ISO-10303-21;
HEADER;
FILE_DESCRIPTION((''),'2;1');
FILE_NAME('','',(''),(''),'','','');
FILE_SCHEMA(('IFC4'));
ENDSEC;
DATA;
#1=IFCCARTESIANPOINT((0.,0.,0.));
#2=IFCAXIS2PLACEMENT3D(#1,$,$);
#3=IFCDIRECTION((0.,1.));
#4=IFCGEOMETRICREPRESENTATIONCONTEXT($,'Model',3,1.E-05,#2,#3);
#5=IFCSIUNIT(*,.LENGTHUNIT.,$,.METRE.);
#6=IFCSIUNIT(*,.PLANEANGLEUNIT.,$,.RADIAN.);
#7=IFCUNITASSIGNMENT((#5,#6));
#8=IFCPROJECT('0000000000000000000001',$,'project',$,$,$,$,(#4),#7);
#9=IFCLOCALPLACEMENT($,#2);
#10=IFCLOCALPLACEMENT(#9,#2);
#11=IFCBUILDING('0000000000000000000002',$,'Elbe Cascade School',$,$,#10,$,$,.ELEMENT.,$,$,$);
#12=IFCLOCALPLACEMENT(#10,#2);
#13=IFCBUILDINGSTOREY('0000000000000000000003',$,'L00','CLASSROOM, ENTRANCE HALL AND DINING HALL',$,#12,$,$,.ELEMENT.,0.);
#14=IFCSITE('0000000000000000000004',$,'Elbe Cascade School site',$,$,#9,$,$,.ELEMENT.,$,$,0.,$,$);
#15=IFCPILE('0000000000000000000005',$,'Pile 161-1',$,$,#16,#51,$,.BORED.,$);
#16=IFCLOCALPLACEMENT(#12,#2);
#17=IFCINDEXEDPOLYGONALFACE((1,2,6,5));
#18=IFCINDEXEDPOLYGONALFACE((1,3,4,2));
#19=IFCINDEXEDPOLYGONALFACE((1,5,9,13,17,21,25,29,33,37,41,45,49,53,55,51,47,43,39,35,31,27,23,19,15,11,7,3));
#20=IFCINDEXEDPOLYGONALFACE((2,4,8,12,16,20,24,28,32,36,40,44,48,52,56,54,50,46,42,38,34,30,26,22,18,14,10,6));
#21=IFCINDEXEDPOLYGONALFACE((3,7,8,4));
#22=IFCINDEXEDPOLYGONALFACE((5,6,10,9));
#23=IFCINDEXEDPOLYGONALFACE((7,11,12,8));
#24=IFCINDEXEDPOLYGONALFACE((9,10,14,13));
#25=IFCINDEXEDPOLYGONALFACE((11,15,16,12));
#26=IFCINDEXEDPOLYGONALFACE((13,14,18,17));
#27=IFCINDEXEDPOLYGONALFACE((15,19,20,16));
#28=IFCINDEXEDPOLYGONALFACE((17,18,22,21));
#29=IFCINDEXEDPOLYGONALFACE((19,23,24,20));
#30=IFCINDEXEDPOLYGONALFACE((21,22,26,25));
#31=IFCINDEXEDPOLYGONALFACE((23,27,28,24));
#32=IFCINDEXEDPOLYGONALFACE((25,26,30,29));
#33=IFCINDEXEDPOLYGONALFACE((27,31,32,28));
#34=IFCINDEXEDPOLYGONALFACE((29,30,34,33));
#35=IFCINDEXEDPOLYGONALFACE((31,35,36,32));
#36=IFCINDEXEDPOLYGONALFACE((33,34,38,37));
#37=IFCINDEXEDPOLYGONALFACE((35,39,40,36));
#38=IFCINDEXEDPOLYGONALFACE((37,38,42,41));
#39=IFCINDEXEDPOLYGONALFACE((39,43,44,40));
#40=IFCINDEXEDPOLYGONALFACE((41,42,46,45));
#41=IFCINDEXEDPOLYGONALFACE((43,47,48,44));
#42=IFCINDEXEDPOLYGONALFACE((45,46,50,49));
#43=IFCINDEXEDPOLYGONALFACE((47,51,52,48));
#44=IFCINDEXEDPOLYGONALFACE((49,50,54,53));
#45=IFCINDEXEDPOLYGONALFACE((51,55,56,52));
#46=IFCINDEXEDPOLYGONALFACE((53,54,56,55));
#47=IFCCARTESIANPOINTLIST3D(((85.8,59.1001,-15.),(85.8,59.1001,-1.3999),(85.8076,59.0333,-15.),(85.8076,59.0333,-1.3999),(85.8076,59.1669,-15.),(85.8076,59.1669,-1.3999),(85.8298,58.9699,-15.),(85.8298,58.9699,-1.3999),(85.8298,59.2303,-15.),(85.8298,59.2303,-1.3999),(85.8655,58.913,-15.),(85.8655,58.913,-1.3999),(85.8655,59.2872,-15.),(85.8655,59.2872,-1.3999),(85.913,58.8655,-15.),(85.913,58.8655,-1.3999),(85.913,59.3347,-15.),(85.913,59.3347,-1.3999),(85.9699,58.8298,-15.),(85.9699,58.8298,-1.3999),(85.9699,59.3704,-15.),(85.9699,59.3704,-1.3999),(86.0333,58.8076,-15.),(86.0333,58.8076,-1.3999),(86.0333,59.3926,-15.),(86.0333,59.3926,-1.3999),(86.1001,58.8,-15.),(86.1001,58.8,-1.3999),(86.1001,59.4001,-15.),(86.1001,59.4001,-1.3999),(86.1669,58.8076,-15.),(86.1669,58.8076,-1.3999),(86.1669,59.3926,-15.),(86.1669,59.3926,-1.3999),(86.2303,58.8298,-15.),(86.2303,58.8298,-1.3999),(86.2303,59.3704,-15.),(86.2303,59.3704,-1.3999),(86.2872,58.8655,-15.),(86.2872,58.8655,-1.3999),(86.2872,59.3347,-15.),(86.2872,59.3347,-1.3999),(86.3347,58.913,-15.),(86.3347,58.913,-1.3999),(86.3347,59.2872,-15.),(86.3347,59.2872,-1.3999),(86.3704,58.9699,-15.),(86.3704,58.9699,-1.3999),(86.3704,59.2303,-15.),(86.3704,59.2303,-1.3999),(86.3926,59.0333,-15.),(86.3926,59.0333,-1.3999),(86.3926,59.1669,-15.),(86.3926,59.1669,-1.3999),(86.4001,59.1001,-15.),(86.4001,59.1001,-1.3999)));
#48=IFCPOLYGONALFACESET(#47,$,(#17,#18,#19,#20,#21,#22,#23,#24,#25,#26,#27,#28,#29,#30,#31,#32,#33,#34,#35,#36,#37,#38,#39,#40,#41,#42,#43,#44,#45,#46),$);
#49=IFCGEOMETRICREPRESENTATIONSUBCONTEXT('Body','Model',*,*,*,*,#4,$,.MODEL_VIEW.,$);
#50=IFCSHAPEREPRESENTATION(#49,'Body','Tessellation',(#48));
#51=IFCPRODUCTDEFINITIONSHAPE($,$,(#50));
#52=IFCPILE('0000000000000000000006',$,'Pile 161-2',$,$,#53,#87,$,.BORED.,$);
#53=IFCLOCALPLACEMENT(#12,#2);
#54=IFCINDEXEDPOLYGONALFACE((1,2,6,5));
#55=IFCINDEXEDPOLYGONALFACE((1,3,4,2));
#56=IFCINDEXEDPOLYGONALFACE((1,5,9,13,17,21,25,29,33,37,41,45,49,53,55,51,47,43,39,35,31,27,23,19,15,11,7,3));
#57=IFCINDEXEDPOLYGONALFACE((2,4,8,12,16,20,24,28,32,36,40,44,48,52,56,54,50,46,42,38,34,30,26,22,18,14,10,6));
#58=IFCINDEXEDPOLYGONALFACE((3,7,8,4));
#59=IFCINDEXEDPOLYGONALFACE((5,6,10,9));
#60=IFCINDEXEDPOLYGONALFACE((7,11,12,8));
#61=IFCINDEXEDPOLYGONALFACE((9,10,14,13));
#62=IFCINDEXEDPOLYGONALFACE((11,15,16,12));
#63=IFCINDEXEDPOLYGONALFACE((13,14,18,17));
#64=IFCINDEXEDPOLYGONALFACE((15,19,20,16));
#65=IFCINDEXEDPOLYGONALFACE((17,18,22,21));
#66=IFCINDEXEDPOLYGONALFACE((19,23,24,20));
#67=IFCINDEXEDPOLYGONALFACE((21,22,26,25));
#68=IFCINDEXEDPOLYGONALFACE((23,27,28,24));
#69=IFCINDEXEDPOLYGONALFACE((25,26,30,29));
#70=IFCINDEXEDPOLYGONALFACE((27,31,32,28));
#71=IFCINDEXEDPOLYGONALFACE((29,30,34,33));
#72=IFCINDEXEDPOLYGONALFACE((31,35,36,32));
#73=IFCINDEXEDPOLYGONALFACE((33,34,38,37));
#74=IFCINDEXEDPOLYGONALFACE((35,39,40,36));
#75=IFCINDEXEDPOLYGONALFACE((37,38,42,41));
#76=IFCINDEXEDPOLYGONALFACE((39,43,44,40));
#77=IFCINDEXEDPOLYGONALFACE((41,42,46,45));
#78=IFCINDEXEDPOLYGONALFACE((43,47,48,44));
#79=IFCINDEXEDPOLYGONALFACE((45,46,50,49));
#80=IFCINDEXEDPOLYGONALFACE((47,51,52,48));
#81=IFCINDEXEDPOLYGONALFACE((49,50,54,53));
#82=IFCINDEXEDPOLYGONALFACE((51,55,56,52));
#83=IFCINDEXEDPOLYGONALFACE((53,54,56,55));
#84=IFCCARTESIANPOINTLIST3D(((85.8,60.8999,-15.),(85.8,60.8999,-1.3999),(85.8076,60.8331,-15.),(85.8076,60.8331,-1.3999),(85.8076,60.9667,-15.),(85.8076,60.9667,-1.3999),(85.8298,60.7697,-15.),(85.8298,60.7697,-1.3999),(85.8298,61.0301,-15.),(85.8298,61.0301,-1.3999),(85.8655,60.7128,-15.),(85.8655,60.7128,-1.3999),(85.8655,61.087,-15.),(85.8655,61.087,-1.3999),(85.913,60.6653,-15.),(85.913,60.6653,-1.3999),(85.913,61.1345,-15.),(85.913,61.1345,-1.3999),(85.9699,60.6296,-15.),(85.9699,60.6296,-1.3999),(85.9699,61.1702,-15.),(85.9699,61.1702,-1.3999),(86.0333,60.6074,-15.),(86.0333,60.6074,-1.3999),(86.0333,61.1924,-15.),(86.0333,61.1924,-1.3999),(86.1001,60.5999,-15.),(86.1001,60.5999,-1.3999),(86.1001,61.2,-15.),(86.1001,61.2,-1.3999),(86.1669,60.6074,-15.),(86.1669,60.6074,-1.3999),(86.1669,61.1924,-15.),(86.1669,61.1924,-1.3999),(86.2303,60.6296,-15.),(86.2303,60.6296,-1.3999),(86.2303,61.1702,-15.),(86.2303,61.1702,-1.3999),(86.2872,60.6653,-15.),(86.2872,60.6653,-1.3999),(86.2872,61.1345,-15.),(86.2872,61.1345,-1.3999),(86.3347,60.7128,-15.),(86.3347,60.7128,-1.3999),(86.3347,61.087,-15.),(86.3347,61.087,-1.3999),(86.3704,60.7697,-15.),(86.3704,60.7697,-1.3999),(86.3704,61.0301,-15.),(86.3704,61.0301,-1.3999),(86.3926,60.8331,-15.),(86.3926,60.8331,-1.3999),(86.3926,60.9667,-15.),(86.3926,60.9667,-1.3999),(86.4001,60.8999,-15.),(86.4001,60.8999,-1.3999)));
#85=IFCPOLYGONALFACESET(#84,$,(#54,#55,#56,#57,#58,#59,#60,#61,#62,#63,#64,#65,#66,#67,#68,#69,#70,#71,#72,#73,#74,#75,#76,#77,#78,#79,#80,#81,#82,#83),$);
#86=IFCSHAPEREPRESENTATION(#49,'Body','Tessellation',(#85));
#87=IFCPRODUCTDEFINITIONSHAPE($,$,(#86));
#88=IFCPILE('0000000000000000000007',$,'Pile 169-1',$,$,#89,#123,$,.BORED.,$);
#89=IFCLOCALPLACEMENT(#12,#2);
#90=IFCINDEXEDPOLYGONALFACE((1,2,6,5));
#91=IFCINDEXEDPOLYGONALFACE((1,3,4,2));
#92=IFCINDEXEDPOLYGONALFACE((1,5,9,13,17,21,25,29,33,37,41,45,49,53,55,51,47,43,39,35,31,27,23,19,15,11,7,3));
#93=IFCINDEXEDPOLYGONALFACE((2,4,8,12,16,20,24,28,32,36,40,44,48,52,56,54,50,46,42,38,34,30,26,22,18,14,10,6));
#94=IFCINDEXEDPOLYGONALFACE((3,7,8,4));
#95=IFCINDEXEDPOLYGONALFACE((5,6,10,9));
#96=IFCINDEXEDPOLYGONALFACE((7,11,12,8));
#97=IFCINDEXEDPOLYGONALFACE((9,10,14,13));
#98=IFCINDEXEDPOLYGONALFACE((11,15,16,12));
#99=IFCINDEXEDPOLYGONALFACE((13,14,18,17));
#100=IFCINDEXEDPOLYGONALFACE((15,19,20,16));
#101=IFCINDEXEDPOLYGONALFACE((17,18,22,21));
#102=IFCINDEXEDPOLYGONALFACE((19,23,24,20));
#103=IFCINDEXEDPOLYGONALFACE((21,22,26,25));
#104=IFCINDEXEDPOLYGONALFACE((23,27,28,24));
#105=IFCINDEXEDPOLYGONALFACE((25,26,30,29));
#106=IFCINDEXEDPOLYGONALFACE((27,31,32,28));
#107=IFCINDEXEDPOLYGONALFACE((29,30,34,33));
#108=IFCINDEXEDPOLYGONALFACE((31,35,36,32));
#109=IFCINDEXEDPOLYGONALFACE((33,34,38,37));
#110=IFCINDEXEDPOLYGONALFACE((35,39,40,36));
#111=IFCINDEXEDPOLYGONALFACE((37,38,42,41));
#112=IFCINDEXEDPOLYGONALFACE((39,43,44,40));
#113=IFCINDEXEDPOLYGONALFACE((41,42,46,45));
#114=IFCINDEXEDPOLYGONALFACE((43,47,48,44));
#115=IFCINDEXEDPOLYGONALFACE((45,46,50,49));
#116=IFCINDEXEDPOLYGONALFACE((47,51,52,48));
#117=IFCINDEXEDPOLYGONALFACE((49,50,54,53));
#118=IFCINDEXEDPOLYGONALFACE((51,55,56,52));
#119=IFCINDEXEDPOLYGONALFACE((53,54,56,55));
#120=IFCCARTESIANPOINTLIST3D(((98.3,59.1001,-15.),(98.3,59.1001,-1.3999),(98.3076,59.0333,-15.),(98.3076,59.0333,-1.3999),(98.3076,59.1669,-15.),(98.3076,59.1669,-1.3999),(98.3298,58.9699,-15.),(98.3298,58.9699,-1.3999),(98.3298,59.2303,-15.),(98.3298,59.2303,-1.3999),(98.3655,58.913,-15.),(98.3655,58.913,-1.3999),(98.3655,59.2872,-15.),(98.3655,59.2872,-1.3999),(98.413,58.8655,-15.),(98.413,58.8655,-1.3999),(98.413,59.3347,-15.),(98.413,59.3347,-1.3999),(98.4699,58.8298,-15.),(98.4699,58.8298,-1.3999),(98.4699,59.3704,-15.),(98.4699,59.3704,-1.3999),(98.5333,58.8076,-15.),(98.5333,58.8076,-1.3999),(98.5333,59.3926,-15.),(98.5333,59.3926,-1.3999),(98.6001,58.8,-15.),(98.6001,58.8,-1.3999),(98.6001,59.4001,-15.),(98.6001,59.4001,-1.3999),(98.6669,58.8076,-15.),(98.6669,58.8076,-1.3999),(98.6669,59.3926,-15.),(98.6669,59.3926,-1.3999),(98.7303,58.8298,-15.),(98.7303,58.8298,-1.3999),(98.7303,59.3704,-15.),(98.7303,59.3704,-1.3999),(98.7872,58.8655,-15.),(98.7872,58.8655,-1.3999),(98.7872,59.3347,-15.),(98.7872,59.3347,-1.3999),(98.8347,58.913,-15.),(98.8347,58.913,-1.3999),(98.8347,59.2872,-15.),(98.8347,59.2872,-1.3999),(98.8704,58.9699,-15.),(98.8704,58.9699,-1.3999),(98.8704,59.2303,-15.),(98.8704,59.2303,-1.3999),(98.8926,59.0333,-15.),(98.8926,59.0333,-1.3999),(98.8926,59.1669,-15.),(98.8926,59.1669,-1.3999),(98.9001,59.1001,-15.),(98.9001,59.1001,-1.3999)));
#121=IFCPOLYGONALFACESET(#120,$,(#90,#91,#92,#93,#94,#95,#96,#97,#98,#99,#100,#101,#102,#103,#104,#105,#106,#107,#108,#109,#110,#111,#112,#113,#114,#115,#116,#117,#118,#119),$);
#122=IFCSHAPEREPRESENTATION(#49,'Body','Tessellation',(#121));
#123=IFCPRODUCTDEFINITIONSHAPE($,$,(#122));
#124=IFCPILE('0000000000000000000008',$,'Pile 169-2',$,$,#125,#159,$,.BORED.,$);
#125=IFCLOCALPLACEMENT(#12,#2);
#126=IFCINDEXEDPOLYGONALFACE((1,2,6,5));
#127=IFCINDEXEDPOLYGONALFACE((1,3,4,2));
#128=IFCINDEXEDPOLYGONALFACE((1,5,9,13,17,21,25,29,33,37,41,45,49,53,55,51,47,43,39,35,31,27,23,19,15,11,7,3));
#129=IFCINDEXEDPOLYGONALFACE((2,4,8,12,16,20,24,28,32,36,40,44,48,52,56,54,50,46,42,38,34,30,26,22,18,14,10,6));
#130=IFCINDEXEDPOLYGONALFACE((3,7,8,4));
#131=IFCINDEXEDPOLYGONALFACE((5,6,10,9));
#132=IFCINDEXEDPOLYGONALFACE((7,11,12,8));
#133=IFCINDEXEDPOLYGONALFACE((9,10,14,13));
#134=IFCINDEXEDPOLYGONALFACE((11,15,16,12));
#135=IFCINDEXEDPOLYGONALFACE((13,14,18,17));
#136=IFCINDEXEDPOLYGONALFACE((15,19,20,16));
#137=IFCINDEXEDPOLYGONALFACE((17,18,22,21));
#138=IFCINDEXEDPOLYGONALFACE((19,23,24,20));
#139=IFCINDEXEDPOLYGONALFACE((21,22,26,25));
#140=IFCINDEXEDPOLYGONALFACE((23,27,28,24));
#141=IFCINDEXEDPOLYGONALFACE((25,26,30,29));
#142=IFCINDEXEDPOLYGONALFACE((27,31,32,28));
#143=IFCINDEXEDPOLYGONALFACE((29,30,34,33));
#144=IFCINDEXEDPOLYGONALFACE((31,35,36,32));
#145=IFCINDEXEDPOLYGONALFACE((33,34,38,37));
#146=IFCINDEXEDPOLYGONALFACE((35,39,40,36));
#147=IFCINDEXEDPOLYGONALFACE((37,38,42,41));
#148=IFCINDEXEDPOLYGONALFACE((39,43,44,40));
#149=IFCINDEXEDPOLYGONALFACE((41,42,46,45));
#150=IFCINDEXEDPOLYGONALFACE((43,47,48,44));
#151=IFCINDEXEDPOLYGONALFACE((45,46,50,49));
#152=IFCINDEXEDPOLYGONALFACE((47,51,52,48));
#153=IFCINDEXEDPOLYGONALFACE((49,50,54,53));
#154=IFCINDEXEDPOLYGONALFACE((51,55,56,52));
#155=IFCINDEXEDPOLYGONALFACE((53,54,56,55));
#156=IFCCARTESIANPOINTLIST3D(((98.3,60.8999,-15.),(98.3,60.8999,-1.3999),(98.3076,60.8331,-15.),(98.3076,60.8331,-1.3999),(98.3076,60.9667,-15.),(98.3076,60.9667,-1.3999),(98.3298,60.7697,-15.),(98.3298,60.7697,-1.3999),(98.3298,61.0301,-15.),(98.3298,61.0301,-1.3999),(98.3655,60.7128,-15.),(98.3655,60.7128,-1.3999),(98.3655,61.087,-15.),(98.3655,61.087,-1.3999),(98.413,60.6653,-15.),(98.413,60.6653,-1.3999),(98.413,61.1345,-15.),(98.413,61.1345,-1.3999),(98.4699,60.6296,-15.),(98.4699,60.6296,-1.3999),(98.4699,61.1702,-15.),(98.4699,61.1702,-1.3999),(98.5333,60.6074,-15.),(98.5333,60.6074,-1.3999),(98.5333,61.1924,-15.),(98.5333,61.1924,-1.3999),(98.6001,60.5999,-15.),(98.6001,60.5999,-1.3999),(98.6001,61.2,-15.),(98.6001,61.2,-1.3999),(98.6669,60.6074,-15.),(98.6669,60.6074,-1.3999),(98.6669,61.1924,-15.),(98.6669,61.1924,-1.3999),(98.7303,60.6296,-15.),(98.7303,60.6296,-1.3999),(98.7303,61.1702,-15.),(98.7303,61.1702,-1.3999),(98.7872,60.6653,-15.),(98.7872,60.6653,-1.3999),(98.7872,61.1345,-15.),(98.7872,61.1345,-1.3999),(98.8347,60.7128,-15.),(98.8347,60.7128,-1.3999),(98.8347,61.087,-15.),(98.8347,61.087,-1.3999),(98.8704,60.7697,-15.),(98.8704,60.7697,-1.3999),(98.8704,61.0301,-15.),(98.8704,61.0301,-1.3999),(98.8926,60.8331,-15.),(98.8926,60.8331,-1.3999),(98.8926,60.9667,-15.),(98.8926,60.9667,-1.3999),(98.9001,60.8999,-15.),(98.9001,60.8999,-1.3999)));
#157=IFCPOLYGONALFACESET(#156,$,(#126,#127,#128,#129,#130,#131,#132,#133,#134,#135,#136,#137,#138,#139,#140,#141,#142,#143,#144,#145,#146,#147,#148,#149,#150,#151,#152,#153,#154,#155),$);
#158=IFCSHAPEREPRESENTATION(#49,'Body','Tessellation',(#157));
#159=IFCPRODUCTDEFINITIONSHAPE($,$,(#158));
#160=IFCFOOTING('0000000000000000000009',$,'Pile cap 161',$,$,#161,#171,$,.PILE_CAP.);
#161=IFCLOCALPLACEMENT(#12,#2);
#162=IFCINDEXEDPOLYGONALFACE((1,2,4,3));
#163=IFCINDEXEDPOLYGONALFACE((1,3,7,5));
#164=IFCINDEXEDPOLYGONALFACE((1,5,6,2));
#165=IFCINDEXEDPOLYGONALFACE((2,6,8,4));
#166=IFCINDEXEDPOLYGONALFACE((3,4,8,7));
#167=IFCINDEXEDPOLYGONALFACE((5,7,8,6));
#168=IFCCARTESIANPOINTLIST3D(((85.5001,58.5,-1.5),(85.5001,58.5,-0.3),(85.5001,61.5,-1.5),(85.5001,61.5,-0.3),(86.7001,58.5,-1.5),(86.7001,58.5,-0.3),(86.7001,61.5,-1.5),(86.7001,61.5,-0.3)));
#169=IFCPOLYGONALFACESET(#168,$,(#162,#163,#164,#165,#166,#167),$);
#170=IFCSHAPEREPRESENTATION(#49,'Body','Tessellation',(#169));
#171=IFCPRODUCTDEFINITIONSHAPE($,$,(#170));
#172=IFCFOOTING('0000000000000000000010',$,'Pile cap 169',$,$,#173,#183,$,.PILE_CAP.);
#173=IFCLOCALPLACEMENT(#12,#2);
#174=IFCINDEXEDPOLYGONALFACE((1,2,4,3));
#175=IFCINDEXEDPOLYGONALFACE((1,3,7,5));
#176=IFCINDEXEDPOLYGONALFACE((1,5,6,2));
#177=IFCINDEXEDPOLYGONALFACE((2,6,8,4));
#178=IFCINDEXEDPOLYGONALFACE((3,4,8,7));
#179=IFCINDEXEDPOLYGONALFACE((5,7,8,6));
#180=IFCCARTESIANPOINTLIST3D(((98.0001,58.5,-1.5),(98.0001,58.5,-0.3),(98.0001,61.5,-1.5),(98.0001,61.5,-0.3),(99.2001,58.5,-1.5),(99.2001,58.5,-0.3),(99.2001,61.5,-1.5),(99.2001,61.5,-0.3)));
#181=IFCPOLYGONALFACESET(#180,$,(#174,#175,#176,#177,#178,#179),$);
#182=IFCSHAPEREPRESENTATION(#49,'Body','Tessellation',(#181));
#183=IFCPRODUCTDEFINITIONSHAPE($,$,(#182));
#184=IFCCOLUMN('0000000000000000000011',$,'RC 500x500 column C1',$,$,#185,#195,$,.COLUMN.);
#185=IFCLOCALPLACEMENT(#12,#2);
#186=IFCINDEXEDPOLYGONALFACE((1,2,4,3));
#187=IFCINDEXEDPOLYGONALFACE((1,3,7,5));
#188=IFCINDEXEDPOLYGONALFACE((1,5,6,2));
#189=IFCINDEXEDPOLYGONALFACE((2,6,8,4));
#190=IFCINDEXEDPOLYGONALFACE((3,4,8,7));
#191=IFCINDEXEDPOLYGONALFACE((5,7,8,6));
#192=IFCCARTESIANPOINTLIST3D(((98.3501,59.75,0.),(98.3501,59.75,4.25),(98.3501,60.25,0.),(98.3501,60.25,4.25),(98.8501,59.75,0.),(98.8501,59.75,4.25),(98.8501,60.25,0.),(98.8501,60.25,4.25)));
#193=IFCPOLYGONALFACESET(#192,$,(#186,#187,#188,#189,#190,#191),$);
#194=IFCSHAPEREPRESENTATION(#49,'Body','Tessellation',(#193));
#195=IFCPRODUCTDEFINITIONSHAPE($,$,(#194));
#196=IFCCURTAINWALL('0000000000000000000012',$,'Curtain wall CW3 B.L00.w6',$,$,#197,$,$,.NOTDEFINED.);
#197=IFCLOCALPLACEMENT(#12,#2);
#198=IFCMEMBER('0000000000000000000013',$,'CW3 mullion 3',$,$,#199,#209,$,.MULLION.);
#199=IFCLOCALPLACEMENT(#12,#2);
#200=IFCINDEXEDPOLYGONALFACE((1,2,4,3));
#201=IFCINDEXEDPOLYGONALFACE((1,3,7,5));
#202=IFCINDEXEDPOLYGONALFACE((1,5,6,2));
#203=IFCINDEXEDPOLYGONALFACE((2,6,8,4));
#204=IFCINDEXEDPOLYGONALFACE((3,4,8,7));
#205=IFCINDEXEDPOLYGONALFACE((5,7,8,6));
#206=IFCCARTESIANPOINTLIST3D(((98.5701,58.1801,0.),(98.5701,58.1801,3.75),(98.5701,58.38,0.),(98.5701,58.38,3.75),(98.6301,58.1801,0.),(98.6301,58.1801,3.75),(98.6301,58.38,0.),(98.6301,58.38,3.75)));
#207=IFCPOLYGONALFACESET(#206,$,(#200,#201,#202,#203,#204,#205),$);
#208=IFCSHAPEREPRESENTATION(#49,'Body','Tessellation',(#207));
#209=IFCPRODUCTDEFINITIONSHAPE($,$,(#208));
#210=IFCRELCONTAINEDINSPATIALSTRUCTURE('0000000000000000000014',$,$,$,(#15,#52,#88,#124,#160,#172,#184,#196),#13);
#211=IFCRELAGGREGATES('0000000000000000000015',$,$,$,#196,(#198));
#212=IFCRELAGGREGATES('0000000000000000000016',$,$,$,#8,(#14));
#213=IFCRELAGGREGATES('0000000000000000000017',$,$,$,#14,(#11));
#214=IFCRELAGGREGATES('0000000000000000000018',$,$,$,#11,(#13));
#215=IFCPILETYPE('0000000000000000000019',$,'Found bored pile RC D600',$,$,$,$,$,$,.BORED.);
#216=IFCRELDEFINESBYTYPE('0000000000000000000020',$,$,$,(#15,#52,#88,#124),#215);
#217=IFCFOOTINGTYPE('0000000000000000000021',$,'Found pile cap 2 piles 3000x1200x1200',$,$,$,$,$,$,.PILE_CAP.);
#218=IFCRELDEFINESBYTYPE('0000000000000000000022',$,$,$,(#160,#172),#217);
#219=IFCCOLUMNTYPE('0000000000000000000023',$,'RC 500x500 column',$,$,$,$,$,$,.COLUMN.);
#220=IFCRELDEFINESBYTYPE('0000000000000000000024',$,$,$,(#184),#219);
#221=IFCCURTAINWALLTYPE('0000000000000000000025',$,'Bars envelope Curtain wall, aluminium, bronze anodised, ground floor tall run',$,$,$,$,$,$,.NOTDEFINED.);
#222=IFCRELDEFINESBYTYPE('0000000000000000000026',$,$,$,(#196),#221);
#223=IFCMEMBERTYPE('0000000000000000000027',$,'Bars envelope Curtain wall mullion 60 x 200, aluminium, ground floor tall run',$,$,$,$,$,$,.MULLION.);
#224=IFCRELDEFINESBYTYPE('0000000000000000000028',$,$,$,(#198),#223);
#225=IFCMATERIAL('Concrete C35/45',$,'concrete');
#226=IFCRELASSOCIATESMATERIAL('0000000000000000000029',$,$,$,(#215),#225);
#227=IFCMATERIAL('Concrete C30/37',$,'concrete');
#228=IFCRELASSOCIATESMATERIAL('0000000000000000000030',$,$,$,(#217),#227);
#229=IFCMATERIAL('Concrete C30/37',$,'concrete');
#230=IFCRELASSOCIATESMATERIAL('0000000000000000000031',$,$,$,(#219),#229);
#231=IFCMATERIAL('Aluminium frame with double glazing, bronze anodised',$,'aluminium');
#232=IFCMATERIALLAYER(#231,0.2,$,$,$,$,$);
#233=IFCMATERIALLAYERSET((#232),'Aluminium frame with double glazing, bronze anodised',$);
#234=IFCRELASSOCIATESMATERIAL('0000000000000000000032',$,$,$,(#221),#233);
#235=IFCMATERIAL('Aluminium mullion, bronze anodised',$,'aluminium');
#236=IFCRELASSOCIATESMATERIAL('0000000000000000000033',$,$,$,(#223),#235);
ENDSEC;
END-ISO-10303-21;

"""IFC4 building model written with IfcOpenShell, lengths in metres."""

from ifc_helpers import new_model, si_unit, direction, frame, origin, origin_2d, place, context, subcontext, project, spatial, rectangle, circle, extrude, material, layer, layer_set, material_profile, profile_set, type_object, element, aggregate, save


model = new_model("IFC4")

# Units and contexts
model_context = context("Model", 3, precision=1e-05, world=origin(), true_north=direction((0.0, 1.0)))
body_context = subcontext(model_context, "Body", "Model", "MODEL_VIEW")
ifc_project = project(units=[si_unit("LENGTHUNIT", "METRE"), si_unit("PLANEANGLEUNIT", "RADIAN")], contexts=[model_context])

# Site, building, storey
site_placement = place(None, origin())
site = spatial("IfcSite", under=ifc_project, at=site_placement, Name="Elbe Cascade School site", CompositionType="ELEMENT", RefElevation=0.0)
building_placement = place(site_placement, origin())
building = spatial("IfcBuilding", under=site, at=building_placement, Name="Elbe Cascade School", CompositionType="ELEMENT")
storey_placement = place(building_placement, origin())
storey = spatial("IfcBuildingStorey", under=building, at=storey_placement, Name="L00", Description="CLASSROOM, ENTRANCE HALL AND DINING HALL", CompositionType="ELEMENT", Elevation=0.0)

# Piles
ifc_material_1 = material(Name="Concrete C35/45", Category="concrete")
ifc_material_profile_1 = material_profile(ifc_material_1, circle(Radius=0.3, at=origin_2d()), Name="RC D600")
ifc_profile_set_1 = profile_set([ifc_material_profile_1], Name="Concrete C35/45")
pile_type = type_object("IfcPileType", Name="Found bored pile RC D600", PredefinedType="BORED", material=ifc_profile_set_1)
for number, where, z_axis, x_axis, name in (
    (1, (86.1001, 59.1001, -1.3999), (0.0, 0.0, -1.0), (1.0, 0.0, 0.0), "Pile 161-1"),
    (2, (86.1001, 60.8999, -1.3999), (0.0, 0.0, -1.0), (1.0, 0.0, 0.0), "Pile 161-2"),
    (3, (98.6001, 59.1001, -1.3999), (0.0, 0.0, -1.0), (1.0, 0.0, 0.0), "Pile 169-1"),
    (4, (98.6001, 60.8999, -1.3999), (0.0, 0.0, -1.0), (1.0, 0.0, 0.0), "Pile 169-2"),
):
    element("IfcPile", number, at=place(storey_placement, frame(where, z_axis=z_axis, x_axis=x_axis)), inside=storey, type_object=pile_type, Name=name, PredefinedType="BORED", context=body_context, shape_type="SweptSolid", body=[
        extrude(circle(Radius=0.3, at=origin_2d()), origin(), (0.0, 0.0, 1.0), 13.6001),
    ])

# Footings
ifc_material_2 = material(Name="Concrete C30/37", Category="concrete")
footing_type = type_object("IfcFootingType", Name="Found pile cap 2 piles 3000x1200x1200", PredefinedType="PILE_CAP", material=ifc_material_2)
for number, where, z_axis, x_axis, name in (
    (5, (86.1001, 60.0, -1.5), (0.0, 0.0, 1.0), (1.0, 0.0, 0.0), "Pile cap 161"),
    (6, (98.6001, 60.0, -1.5), (0.0, 0.0, 1.0), (1.0, 0.0, 0.0), "Pile cap 169"),
):
    element("IfcFooting", number, at=place(storey_placement, frame(where, z_axis=z_axis, x_axis=x_axis)), inside=storey, type_object=footing_type, Name=name, PredefinedType="PILE_CAP", context=body_context, shape_type="SweptSolid", body=[
        extrude(rectangle(XDim=1.2, YDim=3.0, at=origin_2d()), origin(), (0.0, 0.0, 1.0), 1.2),
    ])

# Column
ifc_material_3 = material(Name="Concrete C30/37", Category="concrete")
ifc_material_profile_2 = material_profile(ifc_material_3, rectangle(XDim=0.5, YDim=0.5, at=origin_2d()), Name="RC 500x500")
ifc_profile_set_2 = profile_set([ifc_material_profile_2], Name="Concrete C30/37")
column_type = type_object("IfcColumnType", Name="RC 500x500 column", PredefinedType="COLUMN", material=ifc_profile_set_2)
column_placement = place(storey_placement, frame((98.6001, 60.0, 0.0), z_axis=(0.0, 0.0, 1.0), x_axis=(1.0, 0.0, 0.0)))
element("IfcColumn", 7, at=column_placement, inside=storey, type_object=column_type, Name="RC 500x500 column C1", PredefinedType="COLUMN", context=body_context, shape_type="SweptSolid", body=[
    extrude(rectangle(XDim=0.5, YDim=0.5, at=origin_2d()), origin(), (0.0, 0.0, 1.0), 4.25),
])

# Curtain wall, member
ifc_material_4 = material(Name="Aluminium frame with double glazing, bronze anodised", Category="aluminium")
ifc_layer_1 = layer(ifc_material_4, 0.2)
ifc_layer_set_1 = layer_set([ifc_layer_1], Name="Aluminium frame with double glazing, bronze anodised")
curtain_wall_type = type_object("IfcCurtainWallType", Name="Bars envelope Curtain wall, aluminium, bronze anodised, ground floor tall run", PredefinedType="NOTDEFINED", material=ifc_layer_set_1)
curtain_wall_placement = place(storey_placement, origin())
curtain_wall = element("IfcCurtainWall", 8, at=curtain_wall_placement, inside=storey, type_object=curtain_wall_type, Name="Curtain wall CW3 B.L00.w6", PredefinedType="NOTDEFINED")
ifc_material_5 = material(Name="Aluminium mullion, bronze anodised", Category="aluminium")
ifc_material_profile_3 = material_profile(ifc_material_5, rectangle(XDim=0.0601, YDim=0.2, at=origin_2d()), Name="Bars envelope Curtain wall mullion 60 x 200, aluminium, ground floor tall run")
ifc_profile_set_3 = profile_set([ifc_material_profile_3], Name="Aluminium mullion, bronze anodised")
member_type = type_object("IfcMemberType", Name="Bars envelope Curtain wall mullion 60 x 200, aluminium, ground floor tall run", PredefinedType="MULLION", material=ifc_profile_set_3)
member_placement = place(storey_placement, frame((98.6001, 58.28, 0.0), z_axis=(0.0, 0.0, 1.0), x_axis=(-1.0, 0.0, 0.0)))
member = element("IfcMember", 9, at=member_placement, type_object=member_type, Name="CW3 mullion 3", PredefinedType="MULLION", context=body_context, shape_type="SweptSolid", body=[
    extrude(rectangle(XDim=0.0601, YDim=0.2, at=origin_2d()), origin(), (0.0, 0.0, 1.0), 3.75),
])
aggregate(curtain_wall, [member])

save(model, "model.ifc")
